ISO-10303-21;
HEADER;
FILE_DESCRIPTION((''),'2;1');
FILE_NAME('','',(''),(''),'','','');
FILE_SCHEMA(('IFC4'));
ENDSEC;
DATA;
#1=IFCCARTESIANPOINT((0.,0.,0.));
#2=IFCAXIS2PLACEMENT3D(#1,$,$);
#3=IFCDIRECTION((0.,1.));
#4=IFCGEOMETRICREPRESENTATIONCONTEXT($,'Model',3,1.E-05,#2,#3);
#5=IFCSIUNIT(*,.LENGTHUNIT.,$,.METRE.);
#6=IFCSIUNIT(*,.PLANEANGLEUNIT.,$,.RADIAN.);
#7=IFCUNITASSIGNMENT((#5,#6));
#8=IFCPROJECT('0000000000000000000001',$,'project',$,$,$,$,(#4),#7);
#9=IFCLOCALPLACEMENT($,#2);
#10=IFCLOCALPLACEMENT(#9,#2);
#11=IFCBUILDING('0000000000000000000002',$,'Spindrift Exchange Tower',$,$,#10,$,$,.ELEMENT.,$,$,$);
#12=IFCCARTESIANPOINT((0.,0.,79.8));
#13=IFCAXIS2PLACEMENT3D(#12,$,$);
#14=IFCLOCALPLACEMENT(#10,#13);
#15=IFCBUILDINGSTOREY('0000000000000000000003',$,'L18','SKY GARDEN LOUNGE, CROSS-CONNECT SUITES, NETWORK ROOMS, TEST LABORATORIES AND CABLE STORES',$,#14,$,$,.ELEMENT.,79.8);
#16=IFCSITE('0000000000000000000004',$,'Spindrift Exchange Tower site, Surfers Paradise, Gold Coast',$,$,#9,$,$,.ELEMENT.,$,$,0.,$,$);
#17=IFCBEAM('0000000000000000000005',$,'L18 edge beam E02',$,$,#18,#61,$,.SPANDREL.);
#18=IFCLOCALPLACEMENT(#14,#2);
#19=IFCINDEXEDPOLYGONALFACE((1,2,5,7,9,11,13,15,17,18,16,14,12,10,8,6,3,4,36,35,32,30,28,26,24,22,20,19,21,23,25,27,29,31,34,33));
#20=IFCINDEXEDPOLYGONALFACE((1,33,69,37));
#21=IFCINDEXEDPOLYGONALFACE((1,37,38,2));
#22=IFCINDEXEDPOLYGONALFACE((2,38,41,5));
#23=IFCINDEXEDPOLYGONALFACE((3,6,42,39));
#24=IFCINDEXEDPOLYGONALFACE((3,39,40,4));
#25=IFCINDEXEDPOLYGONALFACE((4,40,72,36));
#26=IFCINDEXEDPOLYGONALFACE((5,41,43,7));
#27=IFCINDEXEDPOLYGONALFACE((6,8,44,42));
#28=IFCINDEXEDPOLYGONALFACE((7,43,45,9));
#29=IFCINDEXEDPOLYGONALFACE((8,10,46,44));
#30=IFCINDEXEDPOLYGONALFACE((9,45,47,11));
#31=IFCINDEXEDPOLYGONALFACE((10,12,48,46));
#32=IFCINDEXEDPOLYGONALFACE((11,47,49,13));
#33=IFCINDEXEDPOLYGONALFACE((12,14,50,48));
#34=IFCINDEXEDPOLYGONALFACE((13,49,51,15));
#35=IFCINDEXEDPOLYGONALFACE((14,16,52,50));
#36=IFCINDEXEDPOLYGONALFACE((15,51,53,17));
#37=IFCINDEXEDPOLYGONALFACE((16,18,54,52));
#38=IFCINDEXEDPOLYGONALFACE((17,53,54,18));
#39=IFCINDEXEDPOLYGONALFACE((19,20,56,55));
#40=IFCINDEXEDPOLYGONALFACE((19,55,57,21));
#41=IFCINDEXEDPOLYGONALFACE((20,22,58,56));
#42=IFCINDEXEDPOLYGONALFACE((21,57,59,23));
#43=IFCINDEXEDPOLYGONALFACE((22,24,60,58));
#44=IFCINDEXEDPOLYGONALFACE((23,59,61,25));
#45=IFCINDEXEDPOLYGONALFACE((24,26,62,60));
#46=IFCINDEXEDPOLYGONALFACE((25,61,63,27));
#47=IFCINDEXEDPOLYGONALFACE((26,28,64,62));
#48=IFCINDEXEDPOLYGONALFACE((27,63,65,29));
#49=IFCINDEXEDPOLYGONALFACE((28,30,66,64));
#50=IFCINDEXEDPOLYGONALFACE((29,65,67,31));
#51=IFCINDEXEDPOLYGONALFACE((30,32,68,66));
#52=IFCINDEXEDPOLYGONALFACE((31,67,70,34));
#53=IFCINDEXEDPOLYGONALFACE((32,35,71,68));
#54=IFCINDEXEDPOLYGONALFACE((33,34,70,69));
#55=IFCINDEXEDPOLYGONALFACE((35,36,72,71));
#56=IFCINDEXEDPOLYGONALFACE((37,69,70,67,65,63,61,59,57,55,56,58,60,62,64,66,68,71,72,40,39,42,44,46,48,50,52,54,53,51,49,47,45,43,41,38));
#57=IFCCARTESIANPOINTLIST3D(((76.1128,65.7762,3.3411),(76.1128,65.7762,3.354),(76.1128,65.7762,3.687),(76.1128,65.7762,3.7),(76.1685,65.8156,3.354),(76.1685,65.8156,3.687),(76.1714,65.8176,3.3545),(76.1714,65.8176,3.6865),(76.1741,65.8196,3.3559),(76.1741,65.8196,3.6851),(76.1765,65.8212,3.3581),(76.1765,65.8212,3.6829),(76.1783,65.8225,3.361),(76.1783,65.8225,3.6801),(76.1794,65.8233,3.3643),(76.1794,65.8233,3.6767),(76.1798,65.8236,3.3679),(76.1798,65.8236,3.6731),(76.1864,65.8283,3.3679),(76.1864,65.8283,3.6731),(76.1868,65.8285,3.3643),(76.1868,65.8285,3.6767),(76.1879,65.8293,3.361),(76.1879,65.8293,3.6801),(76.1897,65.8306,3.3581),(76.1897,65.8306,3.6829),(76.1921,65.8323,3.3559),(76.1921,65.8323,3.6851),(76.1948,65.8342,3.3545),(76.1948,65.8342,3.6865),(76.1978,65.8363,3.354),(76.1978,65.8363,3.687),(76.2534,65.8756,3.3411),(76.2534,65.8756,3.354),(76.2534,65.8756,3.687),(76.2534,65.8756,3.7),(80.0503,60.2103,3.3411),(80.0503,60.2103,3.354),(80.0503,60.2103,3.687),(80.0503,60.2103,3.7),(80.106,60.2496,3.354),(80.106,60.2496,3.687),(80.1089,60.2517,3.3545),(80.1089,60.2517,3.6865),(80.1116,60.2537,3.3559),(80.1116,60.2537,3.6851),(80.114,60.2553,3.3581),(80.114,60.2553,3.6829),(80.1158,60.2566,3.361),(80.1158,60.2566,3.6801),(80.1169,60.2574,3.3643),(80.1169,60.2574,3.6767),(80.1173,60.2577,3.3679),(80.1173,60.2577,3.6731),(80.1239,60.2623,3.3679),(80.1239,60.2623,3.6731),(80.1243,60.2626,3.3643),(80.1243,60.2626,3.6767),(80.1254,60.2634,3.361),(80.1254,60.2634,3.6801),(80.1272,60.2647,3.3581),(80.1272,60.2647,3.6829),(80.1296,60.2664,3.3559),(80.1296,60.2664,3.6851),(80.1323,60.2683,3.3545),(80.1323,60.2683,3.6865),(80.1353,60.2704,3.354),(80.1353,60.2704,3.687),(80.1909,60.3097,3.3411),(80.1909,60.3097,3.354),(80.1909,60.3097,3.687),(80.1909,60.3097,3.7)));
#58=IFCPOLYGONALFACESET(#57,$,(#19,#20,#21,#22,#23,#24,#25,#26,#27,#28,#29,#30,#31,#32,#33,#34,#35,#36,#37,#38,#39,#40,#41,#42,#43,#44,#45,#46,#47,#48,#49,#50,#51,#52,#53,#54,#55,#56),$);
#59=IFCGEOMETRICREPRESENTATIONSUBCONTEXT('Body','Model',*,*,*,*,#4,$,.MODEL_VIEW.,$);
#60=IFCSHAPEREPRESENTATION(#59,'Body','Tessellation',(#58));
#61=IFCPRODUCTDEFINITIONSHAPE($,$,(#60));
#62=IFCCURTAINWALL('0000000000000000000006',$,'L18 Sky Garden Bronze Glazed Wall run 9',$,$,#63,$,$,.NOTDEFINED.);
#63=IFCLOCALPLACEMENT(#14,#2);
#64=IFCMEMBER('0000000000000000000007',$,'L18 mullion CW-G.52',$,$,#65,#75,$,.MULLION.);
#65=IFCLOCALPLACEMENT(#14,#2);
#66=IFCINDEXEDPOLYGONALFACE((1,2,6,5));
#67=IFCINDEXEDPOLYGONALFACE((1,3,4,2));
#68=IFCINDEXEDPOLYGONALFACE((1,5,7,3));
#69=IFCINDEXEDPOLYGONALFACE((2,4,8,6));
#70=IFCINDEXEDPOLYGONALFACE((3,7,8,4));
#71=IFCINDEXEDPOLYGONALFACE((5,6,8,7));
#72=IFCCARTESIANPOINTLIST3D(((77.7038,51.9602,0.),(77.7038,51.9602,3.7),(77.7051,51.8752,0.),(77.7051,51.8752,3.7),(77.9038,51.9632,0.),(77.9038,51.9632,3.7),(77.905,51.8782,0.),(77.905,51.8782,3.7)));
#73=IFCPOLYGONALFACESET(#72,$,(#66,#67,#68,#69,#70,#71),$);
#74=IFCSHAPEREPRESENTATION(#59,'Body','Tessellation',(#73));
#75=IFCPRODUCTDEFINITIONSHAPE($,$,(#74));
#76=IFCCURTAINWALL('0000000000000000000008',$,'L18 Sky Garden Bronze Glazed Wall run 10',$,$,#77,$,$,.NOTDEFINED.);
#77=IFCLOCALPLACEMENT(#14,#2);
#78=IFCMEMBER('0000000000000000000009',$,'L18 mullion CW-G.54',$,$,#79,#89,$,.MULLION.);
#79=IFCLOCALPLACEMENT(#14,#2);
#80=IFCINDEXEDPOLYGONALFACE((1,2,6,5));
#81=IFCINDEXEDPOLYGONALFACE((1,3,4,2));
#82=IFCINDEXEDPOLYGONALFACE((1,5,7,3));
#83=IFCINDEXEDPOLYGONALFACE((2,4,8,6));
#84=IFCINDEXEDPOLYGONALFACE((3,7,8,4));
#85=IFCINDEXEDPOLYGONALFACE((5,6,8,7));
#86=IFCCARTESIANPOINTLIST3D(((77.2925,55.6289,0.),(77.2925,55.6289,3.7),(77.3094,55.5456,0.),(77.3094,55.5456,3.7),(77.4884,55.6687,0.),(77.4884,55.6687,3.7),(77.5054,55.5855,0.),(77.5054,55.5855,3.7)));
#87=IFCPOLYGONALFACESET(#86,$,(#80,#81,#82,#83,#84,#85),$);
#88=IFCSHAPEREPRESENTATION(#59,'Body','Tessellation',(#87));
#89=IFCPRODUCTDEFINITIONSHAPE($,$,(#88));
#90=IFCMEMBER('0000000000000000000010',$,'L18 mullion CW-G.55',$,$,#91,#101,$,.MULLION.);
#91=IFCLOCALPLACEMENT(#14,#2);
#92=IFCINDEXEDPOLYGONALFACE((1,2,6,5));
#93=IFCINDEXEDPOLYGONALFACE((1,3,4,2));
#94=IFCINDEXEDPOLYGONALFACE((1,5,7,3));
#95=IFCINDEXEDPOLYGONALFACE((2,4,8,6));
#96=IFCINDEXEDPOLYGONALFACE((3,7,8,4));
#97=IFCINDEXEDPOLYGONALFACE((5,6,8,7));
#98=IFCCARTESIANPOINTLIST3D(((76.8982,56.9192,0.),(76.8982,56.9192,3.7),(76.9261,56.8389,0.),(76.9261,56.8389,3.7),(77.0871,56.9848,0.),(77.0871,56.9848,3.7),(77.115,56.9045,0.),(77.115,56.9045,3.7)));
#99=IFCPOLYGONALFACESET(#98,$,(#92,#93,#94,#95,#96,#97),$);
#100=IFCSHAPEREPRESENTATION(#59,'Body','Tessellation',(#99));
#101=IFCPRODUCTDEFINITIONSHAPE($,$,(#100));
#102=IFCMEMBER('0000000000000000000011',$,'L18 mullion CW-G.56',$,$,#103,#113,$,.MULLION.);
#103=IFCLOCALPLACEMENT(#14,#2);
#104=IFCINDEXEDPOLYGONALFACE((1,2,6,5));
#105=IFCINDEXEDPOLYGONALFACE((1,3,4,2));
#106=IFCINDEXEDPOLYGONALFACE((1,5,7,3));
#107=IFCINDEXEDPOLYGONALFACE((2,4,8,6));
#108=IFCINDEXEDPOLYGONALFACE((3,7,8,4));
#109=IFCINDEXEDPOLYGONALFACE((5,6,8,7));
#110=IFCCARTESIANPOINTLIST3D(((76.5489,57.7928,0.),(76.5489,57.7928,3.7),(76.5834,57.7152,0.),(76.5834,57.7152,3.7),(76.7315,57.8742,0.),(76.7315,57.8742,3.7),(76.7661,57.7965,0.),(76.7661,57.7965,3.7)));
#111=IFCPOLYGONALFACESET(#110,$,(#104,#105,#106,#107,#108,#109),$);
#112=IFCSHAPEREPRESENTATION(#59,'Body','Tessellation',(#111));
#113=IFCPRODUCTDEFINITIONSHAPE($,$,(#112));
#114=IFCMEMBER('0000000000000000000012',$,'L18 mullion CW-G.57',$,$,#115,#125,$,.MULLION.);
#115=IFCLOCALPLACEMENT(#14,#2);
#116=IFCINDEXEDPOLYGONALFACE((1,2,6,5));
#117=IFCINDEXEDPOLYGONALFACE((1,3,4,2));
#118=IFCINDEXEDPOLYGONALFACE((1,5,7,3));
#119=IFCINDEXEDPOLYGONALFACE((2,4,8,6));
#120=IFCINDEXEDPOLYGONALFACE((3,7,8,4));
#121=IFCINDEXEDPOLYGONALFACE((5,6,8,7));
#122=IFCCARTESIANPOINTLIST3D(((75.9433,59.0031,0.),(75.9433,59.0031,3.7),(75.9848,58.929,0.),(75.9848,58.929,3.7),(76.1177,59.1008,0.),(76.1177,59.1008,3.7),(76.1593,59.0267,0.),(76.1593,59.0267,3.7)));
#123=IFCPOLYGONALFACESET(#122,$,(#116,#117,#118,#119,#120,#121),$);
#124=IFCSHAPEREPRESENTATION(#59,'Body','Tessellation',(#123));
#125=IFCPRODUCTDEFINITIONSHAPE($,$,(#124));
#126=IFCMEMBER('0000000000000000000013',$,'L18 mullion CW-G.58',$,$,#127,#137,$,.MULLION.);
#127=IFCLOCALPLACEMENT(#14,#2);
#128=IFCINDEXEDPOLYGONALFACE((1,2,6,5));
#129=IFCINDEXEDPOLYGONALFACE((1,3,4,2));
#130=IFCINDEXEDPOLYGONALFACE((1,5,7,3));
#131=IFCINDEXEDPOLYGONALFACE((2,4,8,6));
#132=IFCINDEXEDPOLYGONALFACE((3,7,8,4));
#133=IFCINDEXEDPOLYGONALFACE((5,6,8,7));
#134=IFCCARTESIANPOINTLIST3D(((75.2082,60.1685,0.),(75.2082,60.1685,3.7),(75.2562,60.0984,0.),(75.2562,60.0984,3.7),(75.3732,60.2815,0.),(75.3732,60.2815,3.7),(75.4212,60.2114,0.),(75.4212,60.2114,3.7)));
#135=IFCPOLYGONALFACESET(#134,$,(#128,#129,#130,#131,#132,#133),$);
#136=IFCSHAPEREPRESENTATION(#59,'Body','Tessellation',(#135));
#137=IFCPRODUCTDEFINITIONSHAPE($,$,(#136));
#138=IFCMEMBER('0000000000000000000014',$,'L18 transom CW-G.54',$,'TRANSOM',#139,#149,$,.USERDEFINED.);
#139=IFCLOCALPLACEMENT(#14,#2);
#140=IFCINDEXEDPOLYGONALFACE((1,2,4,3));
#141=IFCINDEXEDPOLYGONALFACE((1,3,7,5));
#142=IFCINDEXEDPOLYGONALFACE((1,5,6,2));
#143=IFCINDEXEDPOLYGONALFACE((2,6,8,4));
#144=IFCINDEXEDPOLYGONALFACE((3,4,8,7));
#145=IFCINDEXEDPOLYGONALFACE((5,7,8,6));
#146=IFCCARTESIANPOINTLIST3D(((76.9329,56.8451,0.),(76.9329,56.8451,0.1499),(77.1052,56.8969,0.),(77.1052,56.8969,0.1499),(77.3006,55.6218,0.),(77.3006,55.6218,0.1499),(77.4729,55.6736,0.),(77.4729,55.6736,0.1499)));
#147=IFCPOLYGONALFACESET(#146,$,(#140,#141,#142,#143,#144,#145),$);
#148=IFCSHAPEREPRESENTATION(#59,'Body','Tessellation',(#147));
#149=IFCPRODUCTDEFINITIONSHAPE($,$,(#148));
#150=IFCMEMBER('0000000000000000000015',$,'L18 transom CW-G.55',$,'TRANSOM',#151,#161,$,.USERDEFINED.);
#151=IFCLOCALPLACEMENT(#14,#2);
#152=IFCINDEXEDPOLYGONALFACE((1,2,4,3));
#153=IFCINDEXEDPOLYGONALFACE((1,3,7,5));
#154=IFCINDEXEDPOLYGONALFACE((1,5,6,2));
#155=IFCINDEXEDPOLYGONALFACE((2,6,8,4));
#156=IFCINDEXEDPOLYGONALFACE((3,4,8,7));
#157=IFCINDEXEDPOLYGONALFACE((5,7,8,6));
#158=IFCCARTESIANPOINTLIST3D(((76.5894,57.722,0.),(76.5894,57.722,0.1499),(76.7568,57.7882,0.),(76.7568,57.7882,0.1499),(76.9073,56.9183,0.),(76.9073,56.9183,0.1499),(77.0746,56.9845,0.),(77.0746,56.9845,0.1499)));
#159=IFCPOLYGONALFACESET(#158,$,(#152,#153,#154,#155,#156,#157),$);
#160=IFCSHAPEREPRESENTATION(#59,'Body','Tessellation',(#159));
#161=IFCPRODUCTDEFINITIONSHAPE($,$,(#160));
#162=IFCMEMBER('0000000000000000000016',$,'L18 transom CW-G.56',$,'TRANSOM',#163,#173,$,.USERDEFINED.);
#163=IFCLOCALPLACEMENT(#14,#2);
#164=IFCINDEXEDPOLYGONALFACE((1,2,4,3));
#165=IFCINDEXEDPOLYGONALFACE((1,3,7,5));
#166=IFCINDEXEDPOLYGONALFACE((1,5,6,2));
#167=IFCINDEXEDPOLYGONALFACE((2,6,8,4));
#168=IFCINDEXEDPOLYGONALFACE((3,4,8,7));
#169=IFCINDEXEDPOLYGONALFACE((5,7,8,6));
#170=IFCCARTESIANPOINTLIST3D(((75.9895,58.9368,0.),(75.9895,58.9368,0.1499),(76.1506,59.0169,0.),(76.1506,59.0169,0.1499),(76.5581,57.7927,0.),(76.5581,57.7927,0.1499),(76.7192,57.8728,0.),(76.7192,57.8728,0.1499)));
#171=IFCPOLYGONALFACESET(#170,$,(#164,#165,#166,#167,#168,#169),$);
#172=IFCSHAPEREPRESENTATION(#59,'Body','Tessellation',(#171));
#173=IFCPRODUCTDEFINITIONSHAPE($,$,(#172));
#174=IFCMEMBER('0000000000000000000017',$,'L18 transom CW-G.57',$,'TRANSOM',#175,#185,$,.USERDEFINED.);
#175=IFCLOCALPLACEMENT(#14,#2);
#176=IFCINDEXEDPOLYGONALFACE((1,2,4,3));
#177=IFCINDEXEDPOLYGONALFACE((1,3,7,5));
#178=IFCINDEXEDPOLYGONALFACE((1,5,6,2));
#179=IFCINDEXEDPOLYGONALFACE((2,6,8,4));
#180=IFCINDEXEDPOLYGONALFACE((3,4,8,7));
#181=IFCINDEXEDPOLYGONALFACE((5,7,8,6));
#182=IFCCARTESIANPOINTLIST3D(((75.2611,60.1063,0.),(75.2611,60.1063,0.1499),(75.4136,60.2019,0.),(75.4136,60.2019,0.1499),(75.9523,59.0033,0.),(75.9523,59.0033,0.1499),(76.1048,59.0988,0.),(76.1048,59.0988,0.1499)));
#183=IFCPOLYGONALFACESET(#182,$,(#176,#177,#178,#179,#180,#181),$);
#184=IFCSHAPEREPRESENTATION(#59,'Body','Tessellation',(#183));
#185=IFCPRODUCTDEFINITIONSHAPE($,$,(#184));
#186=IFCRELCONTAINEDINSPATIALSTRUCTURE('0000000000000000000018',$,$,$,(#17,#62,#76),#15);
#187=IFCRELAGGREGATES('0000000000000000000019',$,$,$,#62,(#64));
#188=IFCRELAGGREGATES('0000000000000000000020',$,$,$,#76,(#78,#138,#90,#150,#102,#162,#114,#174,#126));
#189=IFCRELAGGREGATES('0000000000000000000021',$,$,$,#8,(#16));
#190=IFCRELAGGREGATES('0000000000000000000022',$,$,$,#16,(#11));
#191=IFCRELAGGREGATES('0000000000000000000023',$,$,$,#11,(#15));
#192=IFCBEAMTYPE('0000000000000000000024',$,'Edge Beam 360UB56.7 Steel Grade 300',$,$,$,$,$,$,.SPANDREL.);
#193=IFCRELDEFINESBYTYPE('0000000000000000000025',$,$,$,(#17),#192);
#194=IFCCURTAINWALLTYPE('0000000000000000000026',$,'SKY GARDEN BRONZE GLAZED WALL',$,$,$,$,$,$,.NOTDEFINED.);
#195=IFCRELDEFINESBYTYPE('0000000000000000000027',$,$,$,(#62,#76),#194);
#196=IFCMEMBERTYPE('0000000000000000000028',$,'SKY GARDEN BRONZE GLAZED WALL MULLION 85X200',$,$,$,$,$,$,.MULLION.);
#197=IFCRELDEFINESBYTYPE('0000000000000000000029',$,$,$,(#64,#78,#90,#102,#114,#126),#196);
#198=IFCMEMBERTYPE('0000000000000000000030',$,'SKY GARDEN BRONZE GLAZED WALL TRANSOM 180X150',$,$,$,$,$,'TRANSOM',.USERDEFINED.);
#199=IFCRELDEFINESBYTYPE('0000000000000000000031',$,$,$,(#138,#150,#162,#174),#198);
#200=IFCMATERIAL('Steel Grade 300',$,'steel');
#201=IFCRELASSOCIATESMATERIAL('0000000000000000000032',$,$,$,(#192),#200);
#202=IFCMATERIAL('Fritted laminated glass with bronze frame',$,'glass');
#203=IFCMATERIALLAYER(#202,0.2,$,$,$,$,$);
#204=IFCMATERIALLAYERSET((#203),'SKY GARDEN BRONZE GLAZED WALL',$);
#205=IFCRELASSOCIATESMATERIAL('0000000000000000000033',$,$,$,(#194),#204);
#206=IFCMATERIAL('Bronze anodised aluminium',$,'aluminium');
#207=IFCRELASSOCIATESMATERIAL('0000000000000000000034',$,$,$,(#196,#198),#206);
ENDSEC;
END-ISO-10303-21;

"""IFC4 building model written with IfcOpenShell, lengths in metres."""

from ifc_helpers import new_model, si_unit, direction, frame, origin, origin_2d, place, context, subcontext, project, spatial, rectangle, i_section, extrude, source, transform, mapped, material, layer, layer_set, material_profile, profile_set, type_object, element, aggregate, save


model = new_model("IFC4")

# Units and contexts
model_context = context("Model", 3, precision=1e-05, world=origin(), true_north=direction((0.0, 1.0)))
body_context = subcontext(model_context, "Body", "Model", "MODEL_VIEW")
ifc_project = project(units=[si_unit("LENGTHUNIT", "METRE"), si_unit("PLANEANGLEUNIT", "RADIAN")], contexts=[model_context])

# Site, building, storey
site_placement = place(None, origin())
site = spatial("IfcSite", under=ifc_project, at=site_placement, Name="Spindrift Exchange Tower site, Surfers Paradise, Gold Coast", CompositionType="ELEMENT", RefElevation=0.0)
building_placement = place(site_placement, origin())
building = spatial("IfcBuilding", under=site, at=building_placement, Name="Spindrift Exchange Tower", CompositionType="ELEMENT")
storey_placement = place(building_placement, frame((0.0, 0.0, 79.8)))
storey = spatial("IfcBuildingStorey", under=building, at=storey_placement, Name="L18", Description="SKY GARDEN LOUNGE, CROSS-CONNECT SUITES, NETWORK ROOMS, TEST LABORATORIES AND CABLE STORES", CompositionType="ELEMENT", Elevation=79.8)

# Beam
ifc_material_1 = material(Name="Steel Grade 300", Category="steel")
ifc_material_profile_1 = material_profile(ifc_material_1, i_section(OverallWidth=0.1721, OverallDepth=0.3589, WebThickness=0.0081, FlangeThickness=0.0129, FilletRadius=0.0139, at=origin_2d()), Name="360UB56.7")
ifc_profile_set_1 = profile_set([ifc_material_profile_1], Name="Steel Grade 300")
beam_type_1 = type_object("IfcBeamType", Name="Edge Beam 360UB56.7 Steel Grade 300", PredefinedType="SPANDREL", material=ifc_profile_set_1)
shared_shape_1 = source(origin(), body_context, "Body", "SweptSolid", [
    extrude(i_section(OverallWidth=0.1721, OverallDepth=0.3589, WebThickness=0.0081, FlangeThickness=0.0129, FilletRadius=0.0139, at=origin_2d()), origin(), (0.0, 0.0, 1.0), 6.8179),
])
beam_1_placement = place(storey_placement, frame((80.1206, 60.26, 3.5205), z_axis=(-0.577526, 0.816372, 0.0), x_axis=(-0.816372, -0.577526, 0.0)))
element("IfcBeam", 1, at=beam_1_placement, inside=storey, type_object=beam_type_1, Name="L18 edge beam E02", PredefinedType="SPANDREL", context=body_context, shape_type="MappedRepresentation", body=[
    mapped(shared_shape_1, transform((0.0, 0.0, 0.0), scale=1.0)),
])

# Curtain wall, member
ifc_material_2 = material(Name="Fritted laminated glass with bronze frame", Category="glass")
ifc_layer_1 = layer(ifc_material_2, 0.2)
ifc_layer_set_1 = layer_set([ifc_layer_1], Name="SKY GARDEN BRONZE GLAZED WALL")
curtain_wall_type = type_object("IfcCurtainWallType", Name="SKY GARDEN BRONZE GLAZED WALL", PredefinedType="NOTDEFINED", material=ifc_layer_set_1)
curtain_wall_1_placement = place(storey_placement, origin())
curtain_wall_1 = element("IfcCurtainWall", 2, at=curtain_wall_1_placement, inside=storey, type_object=curtain_wall_type, Name="L18 Sky Garden Bronze Glazed Wall run 9", PredefinedType="NOTDEFINED")
ifc_material_3 = material(Name="Bronze anodised aluminium", Category="aluminium")
ifc_material_profile_2 = material_profile(ifc_material_3, rectangle(XDim=0.085, YDim=0.2, at=origin_2d()), Name="SKY GARDEN BRONZE GLAZED WALL MULLION 85X200")
ifc_profile_set_2 = profile_set([ifc_material_profile_2], Name="Bronze anodised aluminium")
member_type_1 = type_object("IfcMemberType", Name="SKY GARDEN BRONZE GLAZED WALL MULLION 85X200", PredefinedType="MULLION", material=ifc_profile_set_2)
shared_shape_2 = source(origin(), body_context, "Body", "SweptSolid", [
    extrude(rectangle(XDim=0.085, YDim=0.2, at=origin_2d()), origin(), (0.0, 0.0, 1.0), 3.7),
])
member_1_placement = place(storey_placement, frame((77.8044, 51.9192, 0.0), z_axis=(0.0, 0.0, 1.0), x_axis=(-0.015074, 0.999886, 0.0)))
member_1 = element("IfcMember", 3, at=member_1_placement, type_object=member_type_1, Name="L18 mullion CW-G.52", PredefinedType="MULLION", context=body_context, shape_type="MappedRepresentation", body=[
    mapped(shared_shape_2, transform((0.0, 0.0, 0.0), scale=1.0)),
])
aggregate(curtain_wall_1, [member_1])

# Curtain wall, members
curtain_wall_2_placement = place(storey_placement, origin())
curtain_wall_2 = element("IfcCurtainWall", 4, at=curtain_wall_2_placement, inside=storey, type_object=curtain_wall_type, Name="L18 Sky Garden Bronze Glazed Wall run 10", PredefinedType="NOTDEFINED")
member_2_placement = place(storey_placement, frame((77.3989, 55.6072, 0.0), z_axis=(0.0, 0.0, 1.0), x_axis=(-0.199419, 0.979914, 0.0)))
member_2 = element("IfcMember", 5, at=member_2_placement, type_object=member_type_1, Name="L18 mullion CW-G.54", PredefinedType="MULLION", context=body_context, shape_type="MappedRepresentation", body=[
    mapped(shared_shape_2, transform((0.0, 0.0, 0.0), scale=1.0)),
])
member_3_placement = place(storey_placement, frame((77.0066, 56.9119, 0.0), z_axis=(0.0, 0.0, 1.0), x_axis=(-0.328138, 0.94463, 0.0)))
member_3 = element("IfcMember", 6, at=member_3_placement, type_object=member_type_1, Name="L18 mullion CW-G.55", PredefinedType="MULLION", context=body_context, shape_type="MappedRepresentation", body=[
    mapped(shared_shape_2, transform((0.0, 0.0, 0.0), scale=1.0)),
])
member_4_placement = place(storey_placement, frame((76.6575, 57.7947, 0.0), z_axis=(0.0, 0.0, 1.0), x_axis=(-0.406768, 0.913532, 0.0)))
member_4 = element("IfcMember", 7, at=member_4_placement, type_object=member_type_1, Name="L18 mullion CW-G.56", PredefinedType="MULLION", context=body_context, shape_type="MappedRepresentation", body=[
    mapped(shared_shape_2, transform((0.0, 0.0, 0.0), scale=1.0)),
])
member_5_placement = place(storey_placement, frame((76.0513, 59.0149, 0.0), z_axis=(0.0, 0.0, 1.0), x_axis=(-0.488593, 0.872512, 0.0)))
member_5 = element("IfcMember", 8, at=member_5_placement, type_object=member_type_1, Name="L18 mullion CW-G.57", PredefinedType="MULLION", context=body_context, shape_type="MappedRepresentation", body=[
    mapped(shared_shape_2, transform((0.0, 0.0, 0.0), scale=1.0)),
])
member_6_placement = place(storey_placement, frame((75.3147, 60.1899, 0.0), z_axis=(0.0, 0.0, 1.0), x_axis=(-0.56515, 0.824988, 0.0)))
member_6 = element("IfcMember", 9, at=member_6_placement, type_object=member_type_1, Name="L18 mullion CW-G.58", PredefinedType="MULLION", context=body_context, shape_type="MappedRepresentation", body=[
    mapped(shared_shape_2, transform((0.0, 0.0, 0.0), scale=1.0)),
])
ifc_material_profile_3 = material_profile(ifc_material_3, rectangle(XDim=0.1799, YDim=0.1499, at=origin_2d()), Name="SKY GARDEN BRONZE GLAZED WALL TRANSOM 180X150")
ifc_profile_set_3 = profile_set([ifc_material_profile_3], Name="Bronze anodised aluminium")
member_type_2 = type_object("IfcMemberType", Name="SKY GARDEN BRONZE GLAZED WALL TRANSOM 180X150", ElementType="TRANSOM", PredefinedType="USERDEFINED", material=ifc_profile_set_3)
shared_shape_3 = source(origin(), body_context, "Body", "SweptSolid", [
    extrude(rectangle(XDim=0.1799, YDim=0.1499, at=origin_2d()), origin(), (0.0, 0.0, 1.0), 1.2773),
])
member_7_placement = place(storey_placement, frame((77.3867, 55.6477, 0.075), z_axis=(-0.287821, 0.957684, 0.0), x_axis=(-0.957684, -0.287821, 0.0)))
member_7 = element("IfcMember", 10, at=member_7_placement, type_object=member_type_2, Name="L18 transom CW-G.54", ObjectType="TRANSOM", PredefinedType="USERDEFINED", context=body_context, shape_type="MappedRepresentation", body=[
    mapped(shared_shape_3, transform((0.0, 0.0, 0.0), scale=1.0)),
])
shared_shape_4 = source(origin(), body_context, "Body", "SweptSolid", [
    extrude(rectangle(XDim=0.1799, YDim=0.1499, at=origin_2d()), origin(), (0.0, 0.0, 1.0), 0.8643),
])
member_8_placement = place(storey_placement, frame((76.991, 56.9514, 0.075), z_axis=(-0.367784, 0.929911, 0.0), x_axis=(-0.929911, -0.367784, 0.0)))
member_8 = element("IfcMember", 11, at=member_8_placement, type_object=member_type_2, Name="L18 transom CW-G.55", ObjectType="TRANSOM", PredefinedType="USERDEFINED", context=body_context, shape_type="MappedRepresentation", body=[
    mapped(shared_shape_4, transform((0.0, 0.0, 0.0), scale=1.0)),
])
shared_shape_5 = source(origin(), body_context, "Body", "SweptSolid", [
    extrude(rectangle(XDim=0.1799, YDim=0.1499, at=origin_2d()), origin(), (0.0, 0.0, 1.0), 1.2776),
])
member_9_placement = place(storey_placement, frame((76.6387, 57.8328, 0.075), z_axis=(-0.445072, 0.895495, 0.0), x_axis=(-0.895495, -0.445072, 0.0)))
member_9 = element("IfcMember", 12, at=member_9_placement, type_object=member_type_2, Name="L18 transom CW-G.56", ObjectType="TRANSOM", PredefinedType="USERDEFINED", context=body_context, shape_type="MappedRepresentation", body=[
    mapped(shared_shape_5, transform((0.0, 0.0, 0.0), scale=1.0)),
])
shared_shape_6 = source(origin(), body_context, "Body", "SweptSolid", [
    extrude(rectangle(XDim=0.1799, YDim=0.1499, at=origin_2d()), origin(), (0.0, 0.0, 1.0), 1.3018),
])
member_10_placement = place(storey_placement, frame((76.0286, 59.051, 0.075), z_axis=(-0.530976, 0.847387, 0.0), x_axis=(-0.847387, -0.530976, 0.0)))
member_10 = element("IfcMember", 13, at=member_10_placement, type_object=member_type_2, Name="L18 transom CW-G.57", ObjectType="TRANSOM", PredefinedType="USERDEFINED", context=body_context, shape_type="MappedRepresentation", body=[
    mapped(shared_shape_6, transform((0.0, 0.0, 0.0), scale=1.0)),
])
aggregate(curtain_wall_2, [member_2, member_7, member_3, member_8, member_4, member_9, member_5, member_10, member_6])

save(model, "model.ifc")
